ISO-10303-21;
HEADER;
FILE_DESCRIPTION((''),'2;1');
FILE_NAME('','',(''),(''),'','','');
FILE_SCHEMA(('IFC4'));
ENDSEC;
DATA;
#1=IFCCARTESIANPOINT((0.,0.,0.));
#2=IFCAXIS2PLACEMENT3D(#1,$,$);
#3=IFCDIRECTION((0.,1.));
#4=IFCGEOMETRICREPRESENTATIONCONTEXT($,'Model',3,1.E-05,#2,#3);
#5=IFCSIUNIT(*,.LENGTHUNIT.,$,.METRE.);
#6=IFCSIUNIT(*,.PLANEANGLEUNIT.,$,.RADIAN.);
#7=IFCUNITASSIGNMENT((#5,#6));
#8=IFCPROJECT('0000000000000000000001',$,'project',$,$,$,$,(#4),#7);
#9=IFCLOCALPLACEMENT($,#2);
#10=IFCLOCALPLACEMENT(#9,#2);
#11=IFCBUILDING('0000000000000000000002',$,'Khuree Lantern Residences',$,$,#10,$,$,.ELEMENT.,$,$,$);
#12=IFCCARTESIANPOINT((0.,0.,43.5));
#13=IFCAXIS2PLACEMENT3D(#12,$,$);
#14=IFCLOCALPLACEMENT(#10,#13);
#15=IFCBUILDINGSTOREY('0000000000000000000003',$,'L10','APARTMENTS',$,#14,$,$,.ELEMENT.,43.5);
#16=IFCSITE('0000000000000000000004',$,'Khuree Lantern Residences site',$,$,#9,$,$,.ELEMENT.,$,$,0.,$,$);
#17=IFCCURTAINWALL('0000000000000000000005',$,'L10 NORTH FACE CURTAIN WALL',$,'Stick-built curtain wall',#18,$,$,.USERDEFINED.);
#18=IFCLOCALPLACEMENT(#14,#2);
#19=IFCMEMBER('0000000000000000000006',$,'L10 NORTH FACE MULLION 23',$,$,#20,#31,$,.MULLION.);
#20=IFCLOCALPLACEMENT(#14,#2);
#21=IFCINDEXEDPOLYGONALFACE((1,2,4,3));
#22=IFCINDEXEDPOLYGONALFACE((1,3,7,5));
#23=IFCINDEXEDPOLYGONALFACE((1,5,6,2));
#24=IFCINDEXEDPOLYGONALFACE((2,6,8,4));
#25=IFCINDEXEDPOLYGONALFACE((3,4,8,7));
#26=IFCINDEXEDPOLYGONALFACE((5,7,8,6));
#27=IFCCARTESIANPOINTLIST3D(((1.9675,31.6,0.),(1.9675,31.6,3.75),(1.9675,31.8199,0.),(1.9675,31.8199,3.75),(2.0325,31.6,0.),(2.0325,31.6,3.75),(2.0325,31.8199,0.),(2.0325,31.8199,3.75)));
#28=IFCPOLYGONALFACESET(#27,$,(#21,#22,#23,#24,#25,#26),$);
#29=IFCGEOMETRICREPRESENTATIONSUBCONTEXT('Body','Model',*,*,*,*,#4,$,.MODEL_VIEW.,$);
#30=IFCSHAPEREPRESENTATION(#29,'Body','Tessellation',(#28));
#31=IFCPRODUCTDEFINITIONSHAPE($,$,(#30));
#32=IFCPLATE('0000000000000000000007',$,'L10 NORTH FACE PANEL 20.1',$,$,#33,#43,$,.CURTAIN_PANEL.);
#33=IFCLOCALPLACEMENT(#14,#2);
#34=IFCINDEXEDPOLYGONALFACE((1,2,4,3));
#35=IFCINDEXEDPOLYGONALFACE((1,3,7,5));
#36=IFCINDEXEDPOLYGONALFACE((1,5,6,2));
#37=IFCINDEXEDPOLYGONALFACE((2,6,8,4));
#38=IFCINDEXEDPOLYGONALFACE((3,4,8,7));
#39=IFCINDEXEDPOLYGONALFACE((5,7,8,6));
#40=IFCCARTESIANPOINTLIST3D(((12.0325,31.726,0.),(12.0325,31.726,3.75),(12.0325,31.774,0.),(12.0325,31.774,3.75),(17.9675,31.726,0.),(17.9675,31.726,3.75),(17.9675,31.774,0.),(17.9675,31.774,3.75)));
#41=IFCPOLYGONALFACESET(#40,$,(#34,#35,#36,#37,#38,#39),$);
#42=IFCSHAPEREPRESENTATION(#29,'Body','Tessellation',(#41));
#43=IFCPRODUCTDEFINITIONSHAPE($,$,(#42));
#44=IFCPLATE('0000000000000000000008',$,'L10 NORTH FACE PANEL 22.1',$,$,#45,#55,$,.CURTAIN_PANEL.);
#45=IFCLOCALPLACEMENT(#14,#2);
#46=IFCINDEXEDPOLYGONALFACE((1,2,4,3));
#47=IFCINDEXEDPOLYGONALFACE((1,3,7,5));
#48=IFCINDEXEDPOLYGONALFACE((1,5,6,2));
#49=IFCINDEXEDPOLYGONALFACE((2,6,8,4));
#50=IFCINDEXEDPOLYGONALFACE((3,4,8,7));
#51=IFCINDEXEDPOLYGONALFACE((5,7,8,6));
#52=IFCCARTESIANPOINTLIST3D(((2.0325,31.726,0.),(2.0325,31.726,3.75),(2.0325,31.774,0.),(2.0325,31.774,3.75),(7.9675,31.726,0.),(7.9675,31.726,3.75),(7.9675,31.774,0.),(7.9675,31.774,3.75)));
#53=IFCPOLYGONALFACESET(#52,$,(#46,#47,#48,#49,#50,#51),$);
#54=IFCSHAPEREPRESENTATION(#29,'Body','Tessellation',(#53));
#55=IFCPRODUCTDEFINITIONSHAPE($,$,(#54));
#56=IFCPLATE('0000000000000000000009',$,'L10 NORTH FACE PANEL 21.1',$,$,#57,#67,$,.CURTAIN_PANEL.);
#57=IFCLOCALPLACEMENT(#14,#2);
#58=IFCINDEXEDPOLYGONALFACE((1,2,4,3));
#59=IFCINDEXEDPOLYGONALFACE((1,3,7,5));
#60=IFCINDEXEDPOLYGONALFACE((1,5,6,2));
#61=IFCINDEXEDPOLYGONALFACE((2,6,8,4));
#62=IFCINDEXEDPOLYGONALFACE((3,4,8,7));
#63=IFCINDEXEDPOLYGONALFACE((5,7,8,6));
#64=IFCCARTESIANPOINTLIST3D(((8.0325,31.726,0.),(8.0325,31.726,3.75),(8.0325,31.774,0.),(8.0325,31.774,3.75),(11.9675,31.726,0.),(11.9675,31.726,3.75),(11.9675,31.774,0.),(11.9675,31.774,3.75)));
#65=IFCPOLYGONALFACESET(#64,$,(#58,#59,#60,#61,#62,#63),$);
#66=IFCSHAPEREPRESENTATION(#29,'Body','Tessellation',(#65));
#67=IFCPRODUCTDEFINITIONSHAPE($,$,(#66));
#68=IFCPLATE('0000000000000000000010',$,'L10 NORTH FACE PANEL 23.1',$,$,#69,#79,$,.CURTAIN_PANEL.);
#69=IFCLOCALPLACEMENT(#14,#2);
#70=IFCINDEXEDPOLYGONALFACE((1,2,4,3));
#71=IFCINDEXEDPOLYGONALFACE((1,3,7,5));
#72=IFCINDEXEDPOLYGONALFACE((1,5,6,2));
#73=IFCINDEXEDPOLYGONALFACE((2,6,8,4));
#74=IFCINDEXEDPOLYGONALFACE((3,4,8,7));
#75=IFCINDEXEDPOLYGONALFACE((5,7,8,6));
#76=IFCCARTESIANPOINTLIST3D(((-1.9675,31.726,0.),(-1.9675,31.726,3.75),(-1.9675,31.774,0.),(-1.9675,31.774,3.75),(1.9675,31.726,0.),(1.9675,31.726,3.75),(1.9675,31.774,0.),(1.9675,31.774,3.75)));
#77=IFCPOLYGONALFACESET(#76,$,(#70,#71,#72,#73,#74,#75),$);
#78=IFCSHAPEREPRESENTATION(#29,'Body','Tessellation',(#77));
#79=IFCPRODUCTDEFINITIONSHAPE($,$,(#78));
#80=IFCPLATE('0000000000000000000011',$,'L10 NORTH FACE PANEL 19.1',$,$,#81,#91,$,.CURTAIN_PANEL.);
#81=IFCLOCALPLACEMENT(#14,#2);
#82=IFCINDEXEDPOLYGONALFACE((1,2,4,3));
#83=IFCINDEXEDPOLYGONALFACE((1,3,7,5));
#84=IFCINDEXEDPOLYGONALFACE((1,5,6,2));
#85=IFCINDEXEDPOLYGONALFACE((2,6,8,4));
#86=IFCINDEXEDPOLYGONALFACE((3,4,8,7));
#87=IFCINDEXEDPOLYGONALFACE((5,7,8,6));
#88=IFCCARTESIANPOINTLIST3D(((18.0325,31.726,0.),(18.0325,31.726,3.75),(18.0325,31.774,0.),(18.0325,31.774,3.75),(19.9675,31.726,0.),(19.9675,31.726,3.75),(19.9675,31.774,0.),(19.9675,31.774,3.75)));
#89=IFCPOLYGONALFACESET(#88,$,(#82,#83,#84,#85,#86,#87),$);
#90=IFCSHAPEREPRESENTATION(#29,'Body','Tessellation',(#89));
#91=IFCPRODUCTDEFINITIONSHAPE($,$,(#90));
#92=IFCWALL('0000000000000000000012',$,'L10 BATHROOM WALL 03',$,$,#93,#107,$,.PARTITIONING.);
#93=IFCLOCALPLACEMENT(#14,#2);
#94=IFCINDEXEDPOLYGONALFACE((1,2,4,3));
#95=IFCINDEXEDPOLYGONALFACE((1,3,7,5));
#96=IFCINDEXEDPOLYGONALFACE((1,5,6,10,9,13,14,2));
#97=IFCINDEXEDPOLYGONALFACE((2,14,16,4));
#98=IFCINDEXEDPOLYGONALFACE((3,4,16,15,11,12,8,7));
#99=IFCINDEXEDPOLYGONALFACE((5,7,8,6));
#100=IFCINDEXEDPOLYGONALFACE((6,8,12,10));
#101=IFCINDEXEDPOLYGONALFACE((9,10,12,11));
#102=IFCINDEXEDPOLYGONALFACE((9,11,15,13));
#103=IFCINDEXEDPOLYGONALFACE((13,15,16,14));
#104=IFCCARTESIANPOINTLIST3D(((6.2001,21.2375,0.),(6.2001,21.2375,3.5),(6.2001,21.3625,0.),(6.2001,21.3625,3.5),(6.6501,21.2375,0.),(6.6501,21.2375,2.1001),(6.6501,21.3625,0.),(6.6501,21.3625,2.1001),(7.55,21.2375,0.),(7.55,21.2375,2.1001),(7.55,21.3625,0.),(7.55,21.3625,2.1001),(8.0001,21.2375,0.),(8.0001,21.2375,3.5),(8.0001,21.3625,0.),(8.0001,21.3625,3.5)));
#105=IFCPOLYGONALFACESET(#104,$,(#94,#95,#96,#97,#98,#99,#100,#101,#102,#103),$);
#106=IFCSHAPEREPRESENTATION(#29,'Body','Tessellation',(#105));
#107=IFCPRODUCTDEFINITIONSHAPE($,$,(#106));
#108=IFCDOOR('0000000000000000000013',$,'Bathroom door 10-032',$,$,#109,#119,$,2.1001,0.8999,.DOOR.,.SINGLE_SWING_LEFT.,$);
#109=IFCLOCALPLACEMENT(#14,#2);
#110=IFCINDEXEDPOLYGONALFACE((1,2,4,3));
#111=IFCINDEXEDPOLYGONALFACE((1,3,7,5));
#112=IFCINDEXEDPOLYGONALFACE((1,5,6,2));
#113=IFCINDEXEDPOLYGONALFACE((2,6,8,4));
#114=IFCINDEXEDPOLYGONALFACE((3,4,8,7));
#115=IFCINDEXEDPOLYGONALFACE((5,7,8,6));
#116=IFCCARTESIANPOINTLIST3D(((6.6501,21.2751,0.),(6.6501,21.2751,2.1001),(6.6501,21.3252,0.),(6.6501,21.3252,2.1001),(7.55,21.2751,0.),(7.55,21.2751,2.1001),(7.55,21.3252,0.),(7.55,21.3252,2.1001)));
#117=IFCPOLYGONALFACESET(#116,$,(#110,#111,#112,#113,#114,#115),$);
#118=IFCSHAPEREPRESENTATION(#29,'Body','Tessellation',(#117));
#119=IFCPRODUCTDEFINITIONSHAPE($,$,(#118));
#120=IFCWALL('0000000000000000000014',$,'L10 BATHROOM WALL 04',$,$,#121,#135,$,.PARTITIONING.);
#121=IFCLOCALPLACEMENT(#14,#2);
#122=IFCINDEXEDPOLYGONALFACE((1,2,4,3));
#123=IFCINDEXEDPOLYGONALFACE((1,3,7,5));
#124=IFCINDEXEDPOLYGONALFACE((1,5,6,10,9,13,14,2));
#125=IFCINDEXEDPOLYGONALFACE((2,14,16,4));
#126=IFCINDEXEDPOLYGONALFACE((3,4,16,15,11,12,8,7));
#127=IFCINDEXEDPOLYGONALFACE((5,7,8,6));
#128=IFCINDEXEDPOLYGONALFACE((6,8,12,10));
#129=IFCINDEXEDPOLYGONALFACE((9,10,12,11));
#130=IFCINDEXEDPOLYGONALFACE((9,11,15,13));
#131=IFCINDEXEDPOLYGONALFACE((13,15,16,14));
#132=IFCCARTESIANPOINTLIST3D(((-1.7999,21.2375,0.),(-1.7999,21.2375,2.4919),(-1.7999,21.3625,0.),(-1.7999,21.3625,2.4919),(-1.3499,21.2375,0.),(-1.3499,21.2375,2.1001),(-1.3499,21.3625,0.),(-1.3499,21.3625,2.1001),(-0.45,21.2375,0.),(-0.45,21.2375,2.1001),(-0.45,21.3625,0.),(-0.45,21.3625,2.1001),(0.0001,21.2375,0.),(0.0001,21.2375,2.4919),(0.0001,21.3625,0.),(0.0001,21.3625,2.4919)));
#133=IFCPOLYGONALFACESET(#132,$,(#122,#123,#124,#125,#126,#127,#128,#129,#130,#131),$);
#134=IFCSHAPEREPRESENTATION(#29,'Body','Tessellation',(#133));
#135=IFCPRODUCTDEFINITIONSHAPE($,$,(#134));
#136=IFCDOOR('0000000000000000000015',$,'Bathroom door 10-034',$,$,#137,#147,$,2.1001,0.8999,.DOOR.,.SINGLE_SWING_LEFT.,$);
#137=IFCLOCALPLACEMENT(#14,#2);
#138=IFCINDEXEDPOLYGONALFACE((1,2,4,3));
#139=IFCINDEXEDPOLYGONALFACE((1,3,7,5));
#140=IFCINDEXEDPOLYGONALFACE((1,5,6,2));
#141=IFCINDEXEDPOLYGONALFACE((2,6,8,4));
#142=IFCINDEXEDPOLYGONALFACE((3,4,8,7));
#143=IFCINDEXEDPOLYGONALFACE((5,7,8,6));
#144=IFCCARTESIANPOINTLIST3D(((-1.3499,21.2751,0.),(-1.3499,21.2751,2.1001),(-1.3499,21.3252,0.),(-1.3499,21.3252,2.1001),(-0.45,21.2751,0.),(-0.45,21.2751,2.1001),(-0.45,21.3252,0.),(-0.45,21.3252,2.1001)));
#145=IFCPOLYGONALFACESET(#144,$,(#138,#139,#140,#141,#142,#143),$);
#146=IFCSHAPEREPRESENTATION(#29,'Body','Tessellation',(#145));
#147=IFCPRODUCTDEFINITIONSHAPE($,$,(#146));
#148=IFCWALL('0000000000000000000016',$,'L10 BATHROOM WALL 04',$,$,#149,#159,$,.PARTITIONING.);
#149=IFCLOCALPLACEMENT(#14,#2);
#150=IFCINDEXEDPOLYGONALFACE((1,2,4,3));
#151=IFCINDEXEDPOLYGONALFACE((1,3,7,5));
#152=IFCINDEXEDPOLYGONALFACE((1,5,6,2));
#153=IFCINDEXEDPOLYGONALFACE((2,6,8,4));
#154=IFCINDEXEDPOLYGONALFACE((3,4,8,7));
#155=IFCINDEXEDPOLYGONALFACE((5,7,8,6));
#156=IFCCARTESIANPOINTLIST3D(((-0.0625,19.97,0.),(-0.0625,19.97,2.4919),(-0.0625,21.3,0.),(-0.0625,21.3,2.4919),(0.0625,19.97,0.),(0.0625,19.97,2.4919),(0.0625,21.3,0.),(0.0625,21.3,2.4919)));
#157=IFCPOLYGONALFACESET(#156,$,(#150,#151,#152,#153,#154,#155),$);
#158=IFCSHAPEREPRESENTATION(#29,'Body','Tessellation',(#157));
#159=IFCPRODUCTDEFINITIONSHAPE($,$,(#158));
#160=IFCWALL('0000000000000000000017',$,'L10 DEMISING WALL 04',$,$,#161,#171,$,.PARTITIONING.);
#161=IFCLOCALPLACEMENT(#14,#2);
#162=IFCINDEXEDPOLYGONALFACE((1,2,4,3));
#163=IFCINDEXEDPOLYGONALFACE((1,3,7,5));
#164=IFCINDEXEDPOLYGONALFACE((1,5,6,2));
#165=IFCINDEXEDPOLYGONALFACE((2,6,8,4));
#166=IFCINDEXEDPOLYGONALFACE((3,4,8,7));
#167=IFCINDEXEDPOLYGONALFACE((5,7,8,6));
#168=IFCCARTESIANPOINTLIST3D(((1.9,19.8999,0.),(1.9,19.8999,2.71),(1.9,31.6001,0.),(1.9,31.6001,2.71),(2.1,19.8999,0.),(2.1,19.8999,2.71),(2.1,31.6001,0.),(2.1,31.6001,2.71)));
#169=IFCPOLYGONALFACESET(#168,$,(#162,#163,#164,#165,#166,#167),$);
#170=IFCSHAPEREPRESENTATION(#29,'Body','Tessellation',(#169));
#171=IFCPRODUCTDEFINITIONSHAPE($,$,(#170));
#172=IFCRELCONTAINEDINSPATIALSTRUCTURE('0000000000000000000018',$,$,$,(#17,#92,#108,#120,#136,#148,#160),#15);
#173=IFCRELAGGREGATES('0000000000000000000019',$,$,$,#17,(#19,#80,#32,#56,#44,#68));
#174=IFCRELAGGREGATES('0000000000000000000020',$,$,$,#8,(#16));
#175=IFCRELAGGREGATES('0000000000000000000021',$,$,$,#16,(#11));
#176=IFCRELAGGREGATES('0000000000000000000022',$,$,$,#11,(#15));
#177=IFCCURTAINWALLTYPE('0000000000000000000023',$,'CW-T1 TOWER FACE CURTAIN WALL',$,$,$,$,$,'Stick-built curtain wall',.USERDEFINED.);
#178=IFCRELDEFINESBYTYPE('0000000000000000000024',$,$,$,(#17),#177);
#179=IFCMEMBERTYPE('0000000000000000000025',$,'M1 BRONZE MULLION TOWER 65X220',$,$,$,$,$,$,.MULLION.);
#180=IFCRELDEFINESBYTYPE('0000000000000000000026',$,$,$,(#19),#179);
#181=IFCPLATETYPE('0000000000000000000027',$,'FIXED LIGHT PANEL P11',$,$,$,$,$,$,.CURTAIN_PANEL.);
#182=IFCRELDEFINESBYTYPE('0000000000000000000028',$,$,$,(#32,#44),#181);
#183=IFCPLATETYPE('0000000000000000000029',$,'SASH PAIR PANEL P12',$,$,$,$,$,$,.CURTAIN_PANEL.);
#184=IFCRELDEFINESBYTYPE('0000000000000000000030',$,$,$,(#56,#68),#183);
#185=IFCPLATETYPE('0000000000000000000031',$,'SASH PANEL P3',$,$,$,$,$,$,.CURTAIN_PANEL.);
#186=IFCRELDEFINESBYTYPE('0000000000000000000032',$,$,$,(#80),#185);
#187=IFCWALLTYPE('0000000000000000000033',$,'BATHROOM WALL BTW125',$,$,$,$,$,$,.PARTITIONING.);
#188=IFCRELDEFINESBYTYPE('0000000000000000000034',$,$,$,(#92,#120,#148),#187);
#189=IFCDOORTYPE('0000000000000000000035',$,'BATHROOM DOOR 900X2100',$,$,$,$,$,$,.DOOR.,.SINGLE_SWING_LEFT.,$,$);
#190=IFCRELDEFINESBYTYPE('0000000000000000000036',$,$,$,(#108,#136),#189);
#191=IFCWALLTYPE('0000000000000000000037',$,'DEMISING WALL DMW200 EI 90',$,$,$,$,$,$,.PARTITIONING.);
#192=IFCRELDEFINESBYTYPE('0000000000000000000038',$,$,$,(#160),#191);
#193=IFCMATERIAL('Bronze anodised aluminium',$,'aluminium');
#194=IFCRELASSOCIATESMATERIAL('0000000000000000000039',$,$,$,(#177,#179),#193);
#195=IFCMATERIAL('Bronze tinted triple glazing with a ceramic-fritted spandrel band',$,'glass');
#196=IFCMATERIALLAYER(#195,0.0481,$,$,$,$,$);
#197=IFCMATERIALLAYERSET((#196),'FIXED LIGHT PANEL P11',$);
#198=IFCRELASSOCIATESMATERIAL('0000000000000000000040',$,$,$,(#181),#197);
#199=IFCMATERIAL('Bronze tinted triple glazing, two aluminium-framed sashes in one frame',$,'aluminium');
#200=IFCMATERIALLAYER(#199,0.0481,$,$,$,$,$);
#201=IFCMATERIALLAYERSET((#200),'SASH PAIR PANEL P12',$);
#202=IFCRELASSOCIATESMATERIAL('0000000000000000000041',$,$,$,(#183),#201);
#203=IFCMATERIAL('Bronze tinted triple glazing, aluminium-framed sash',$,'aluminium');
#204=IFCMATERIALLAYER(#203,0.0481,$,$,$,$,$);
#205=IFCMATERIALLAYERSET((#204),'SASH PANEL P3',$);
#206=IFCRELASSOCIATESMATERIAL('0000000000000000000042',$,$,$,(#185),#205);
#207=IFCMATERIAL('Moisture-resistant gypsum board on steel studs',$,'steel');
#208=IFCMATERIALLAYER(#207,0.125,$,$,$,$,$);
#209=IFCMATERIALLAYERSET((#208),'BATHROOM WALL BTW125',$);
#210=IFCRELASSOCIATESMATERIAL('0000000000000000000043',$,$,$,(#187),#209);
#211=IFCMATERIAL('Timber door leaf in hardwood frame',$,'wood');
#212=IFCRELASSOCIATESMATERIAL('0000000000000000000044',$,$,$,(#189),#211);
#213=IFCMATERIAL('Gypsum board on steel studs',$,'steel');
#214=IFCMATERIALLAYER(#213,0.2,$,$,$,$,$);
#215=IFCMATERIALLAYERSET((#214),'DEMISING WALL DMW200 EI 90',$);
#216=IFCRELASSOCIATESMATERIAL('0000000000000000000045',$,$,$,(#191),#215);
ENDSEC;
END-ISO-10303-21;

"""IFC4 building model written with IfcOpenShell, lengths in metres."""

from ifc_helpers import new_model, si_unit, direction, frame, frame_2d, origin, origin_2d, place, context, subcontext, project, spatial, rectangle, extrude, material, layer, layer_set, material_profile, profile_set, type_object, element, fill, aggregate, save


model = new_model("IFC4")

# Units and contexts
model_context = context("Model", 3, precision=1e-05, world=origin(), true_north=direction((0.0, 1.0)))
body_context = subcontext(model_context, "Body", "Model", "MODEL_VIEW")
ifc_project = project(units=[si_unit("LENGTHUNIT", "METRE"), si_unit("PLANEANGLEUNIT", "RADIAN")], contexts=[model_context])

# Site, building, storey
site_placement = place(None, origin())
site = spatial("IfcSite", under=ifc_project, at=site_placement, Name="Khuree Lantern Residences site", CompositionType="ELEMENT", RefElevation=0.0)
building_placement = place(site_placement, origin())
building = spatial("IfcBuilding", under=site, at=building_placement, Name="Khuree Lantern Residences", CompositionType="ELEMENT")
storey_placement = place(building_placement, frame((0.0, 0.0, 43.5)))
storey = spatial("IfcBuildingStorey", under=building, at=storey_placement, Name="L10", Description="APARTMENTS", CompositionType="ELEMENT", Elevation=43.5)

# Curtain wall
ifc_material_1 = material(Name="Bronze anodised aluminium", Category="aluminium")
curtain_wall_type = type_object("IfcCurtainWallType", Name="CW-T1 TOWER FACE CURTAIN WALL", ElementType="Stick-built curtain wall", PredefinedType="USERDEFINED", material=ifc_material_1)
curtain_wall_placement = place(storey_placement, origin())
curtain_wall = element("IfcCurtainWall", 1, at=curtain_wall_placement, inside=storey, type_object=curtain_wall_type, Name="L10 NORTH FACE CURTAIN WALL", ObjectType="Stick-built curtain wall", PredefinedType="USERDEFINED")

# Member
ifc_material_profile_1 = material_profile(ifc_material_1, rectangle(XDim=0.0649, YDim=0.22, at=origin_2d()), Name="M1 65X220")
ifc_profile_set_1 = profile_set([ifc_material_profile_1], Name="Bronze anodised aluminium")
member_type_1 = type_object("IfcMemberType", Name="M1 BRONZE MULLION TOWER 65X220", PredefinedType="MULLION", material=ifc_profile_set_1)
member_1_placement = place(storey_placement, frame((2.0, 31.71, 0.0), z_axis=(0.0, 0.0, 1.0), x_axis=(-1.0, 0.0, 0.0)))
member_1 = element("IfcMember", 2, at=member_1_placement, type_object=member_type_1, Name="L10 NORTH FACE MULLION 23", PredefinedType="MULLION", context=body_context, shape_type="SweptSolid", body=[
    extrude(rectangle(XDim=0.0649, YDim=0.22, at=origin_2d()), origin(), (0.0, 0.0, 1.0), 3.75),
])

# Plates
ifc_material_2 = material(Name="Bronze tinted triple glazing with a ceramic-fritted spandrel band", Category="glass")
ifc_layer_1 = layer(ifc_material_2, 0.0481)
ifc_layer_set_1 = layer_set([ifc_layer_1], Name="FIXED LIGHT PANEL P11")
plate_type_1 = type_object("IfcPlateType", Name="FIXED LIGHT PANEL P11", PredefinedType="CURTAIN_PANEL", material=ifc_layer_set_1)
plate_1_placement = place(storey_placement, frame((15.0, 31.75, 0.0), z_axis=(0.0, 0.0, 1.0), x_axis=(-1.0, 0.0, 0.0)))
plate_1 = element("IfcPlate", 3, at=plate_1_placement, type_object=plate_type_1, Name="L10 NORTH FACE PANEL 20.1", PredefinedType="CURTAIN_PANEL", context=body_context, shape_type="SweptSolid", body=[
    extrude(rectangle(XDim=5.9351, YDim=0.0481, at=origin_2d()), origin(), (0.0, 0.0, 1.0), 3.75),
])
plate_2_placement = place(storey_placement, frame((5.0, 31.75, 0.0), z_axis=(0.0, 0.0, 1.0), x_axis=(-1.0, 0.0, 0.0)))
plate_2 = element("IfcPlate", 4, at=plate_2_placement, type_object=plate_type_1, Name="L10 NORTH FACE PANEL 22.1", PredefinedType="CURTAIN_PANEL", context=body_context, shape_type="SweptSolid", body=[
    extrude(rectangle(XDim=5.9351, YDim=0.0481, at=origin_2d()), origin(), (0.0, 0.0, 1.0), 3.75),
])
ifc_material_3 = material(Name="Bronze tinted triple glazing, two aluminium-framed sashes in one frame", Category="aluminium")
ifc_layer_2 = layer(ifc_material_3, 0.0481)
ifc_layer_set_2 = layer_set([ifc_layer_2], Name="SASH PAIR PANEL P12")
plate_type_2 = type_object("IfcPlateType", Name="SASH PAIR PANEL P12", PredefinedType="CURTAIN_PANEL", material=ifc_layer_set_2)
plate_3_placement = place(storey_placement, frame((10.0, 31.75, 0.0), z_axis=(0.0, 0.0, 1.0), x_axis=(-1.0, 0.0, 0.0)))
plate_3 = element("IfcPlate", 5, at=plate_3_placement, type_object=plate_type_2, Name="L10 NORTH FACE PANEL 21.1", PredefinedType="CURTAIN_PANEL", context=body_context, shape_type="SweptSolid", body=[
    extrude(rectangle(XDim=3.9351, YDim=0.0481, at=origin_2d()), origin(), (0.0, 0.0, 1.0), 3.75),
])
plate_4_placement = place(storey_placement, frame((0.0, 31.75, 0.0), z_axis=(0.0, 0.0, 1.0), x_axis=(-1.0, 0.0, 0.0)))
plate_4 = element("IfcPlate", 6, at=plate_4_placement, type_object=plate_type_2, Name="L10 NORTH FACE PANEL 23.1", PredefinedType="CURTAIN_PANEL", context=body_context, shape_type="SweptSolid", body=[
    extrude(rectangle(XDim=3.9351, YDim=0.0481, at=origin_2d()), origin(), (0.0, 0.0, 1.0), 3.75),
])
ifc_material_4 = material(Name="Bronze tinted triple glazing, aluminium-framed sash", Category="aluminium")
ifc_layer_3 = layer(ifc_material_4, 0.0481)
ifc_layer_set_3 = layer_set([ifc_layer_3], Name="SASH PANEL P3")
plate_type_3 = type_object("IfcPlateType", Name="SASH PANEL P3", PredefinedType="CURTAIN_PANEL", material=ifc_layer_set_3)
plate_5_placement = place(storey_placement, frame((19.0, 31.75, 0.0), z_axis=(0.0, 0.0, 1.0), x_axis=(-1.0, 0.0, 0.0)))
plate_5 = element("IfcPlate", 7, at=plate_5_placement, type_object=plate_type_3, Name="L10 NORTH FACE PANEL 19.1", PredefinedType="CURTAIN_PANEL", context=body_context, shape_type="SweptSolid", body=[
    extrude(rectangle(XDim=1.9351, YDim=0.0481, at=origin_2d()), origin(), (0.0, 0.0, 1.0), 3.75),
])
aggregate(curtain_wall, [member_1, plate_5, plate_1, plate_3, plate_2, plate_4])

# Walls, openings, doors
ifc_material_5 = material(Name="Moisture-resistant gypsum board on steel studs", Category="steel")
ifc_layer_4 = layer(ifc_material_5, 0.125)
ifc_layer_set_4 = layer_set([ifc_layer_4], Name="BATHROOM WALL BTW125")
wall_type_1 = type_object("IfcWallType", Name="BATHROOM WALL BTW125", PredefinedType="PARTITIONING", material=ifc_layer_set_4)
wall_1_placement = place(storey_placement, frame((8.0, 21.3, 0.0), z_axis=(0.0, 0.0, 1.0), x_axis=(-1.0, 0.0, 0.0)))
wall_1 = element("IfcWall", 8, at=wall_1_placement, inside=storey, type_object=wall_type_1, Name="L10 BATHROOM WALL 03", PredefinedType="PARTITIONING", context=body_context, shape_type="SweptSolid", body=[
    extrude(rectangle(XDim=1.8, YDim=0.125, at=frame_2d((0.8999, 0.0))), origin(), (0.0, 0.0, 1.0), 3.5),
])
opening_1_placement = place(wall_1_placement, frame((0.45, 0.0, 0.0)))
opening_1 = element("IfcOpeningElement", 9, at=opening_1_placement, cuts=wall_1, PredefinedType="OPENING", context=body_context, shape_type="SweptSolid", body=[
    extrude(rectangle(XDim=0.8999, YDim=2.1001, at=frame_2d((0.45, 1.05))), frame((0.0, 0.0725, 0.0), z_axis=(0.0, -1.0, 0.0), x_axis=(1.0, 0.0, 0.0)), (0.0, 0.0, 1.0), 0.145),
])
ifc_material_6 = material(Name="Timber door leaf in hardwood frame", Category="wood")
door_type_1 = type_object("IfcDoorType", Name="BATHROOM DOOR 900X2100", OperationType="SINGLE_SWING_LEFT", PredefinedType="DOOR", material=ifc_material_6)
door_1_placement = place(opening_1_placement, origin())
door_1 = element("IfcDoor", 10, at=door_1_placement, inside=storey, type_object=door_type_1, Name="Bathroom door 10-032", OperationType="SINGLE_SWING_LEFT", OverallHeight=2.1001, OverallWidth=0.8999, PredefinedType="DOOR", context=body_context, shape_type="SweptSolid", body=[
    extrude(rectangle(XDim=0.8999, YDim=2.1001, at=frame_2d((0.45, 1.05))), frame((0.0, 0.0249, 0.0), z_axis=(0.0, -1.0, 0.0), x_axis=(1.0, 0.0, 0.0)), (0.0, 0.0, 1.0), 0.05),
])
fill(opening_1, door_1)
wall_2_placement = place(storey_placement, frame((0.0, 21.3, 0.0), z_axis=(0.0, 0.0, 1.0), x_axis=(-1.0, 0.0, 0.0)))
wall_2 = element("IfcWall", 11, at=wall_2_placement, inside=storey, type_object=wall_type_1, Name="L10 BATHROOM WALL 04", PredefinedType="PARTITIONING", context=body_context, shape_type="SweptSolid", body=[
    extrude(rectangle(XDim=1.8, YDim=0.125, at=frame_2d((0.8999, 0.0))), origin(), (0.0, 0.0, 1.0), 2.4919),
])
opening_2_placement = place(wall_2_placement, frame((0.45, 0.0, 0.0)))
opening_2 = element("IfcOpeningElement", 12, at=opening_2_placement, cuts=wall_2, PredefinedType="OPENING", context=body_context, shape_type="SweptSolid", body=[
    extrude(rectangle(XDim=0.8999, YDim=2.1001, at=frame_2d((0.45, 1.05))), frame((0.0, 0.0725, 0.0), z_axis=(0.0, -1.0, 0.0), x_axis=(1.0, 0.0, 0.0)), (0.0, 0.0, 1.0), 0.145),
])
door_2_placement = place(opening_2_placement, origin())
door_2 = element("IfcDoor", 13, at=door_2_placement, inside=storey, type_object=door_type_1, Name="Bathroom door 10-034", OperationType="SINGLE_SWING_LEFT", OverallHeight=2.1001, OverallWidth=0.8999, PredefinedType="DOOR", context=body_context, shape_type="SweptSolid", body=[
    extrude(rectangle(XDim=0.8999, YDim=2.1001, at=frame_2d((0.45, 1.05))), frame((0.0, 0.0249, 0.0), z_axis=(0.0, -1.0, 0.0), x_axis=(1.0, 0.0, 0.0)), (0.0, 0.0, 1.0), 0.05),
])
fill(opening_2, door_2)

# Walls
wall_3_placement = place(storey_placement, frame((0.0, 19.97, 0.0), z_axis=(0.0, 0.0, 1.0), x_axis=(0.0, 1.0, 0.0)))
element("IfcWall", 14, at=wall_3_placement, inside=storey, type_object=wall_type_1, Name="L10 BATHROOM WALL 04", PredefinedType="PARTITIONING", context=body_context, shape_type="SweptSolid", body=[
    extrude(rectangle(XDim=1.3301, YDim=0.125, at=frame_2d((0.665, 0.0))), origin(), (0.0, 0.0, 1.0), 2.4919),
])
ifc_material_7 = material(Name="Gypsum board on steel studs", Category="steel")
ifc_layer_5 = layer(ifc_material_7, 0.2)
ifc_layer_set_5 = layer_set([ifc_layer_5], Name="DEMISING WALL DMW200 EI 90")
wall_type_2 = type_object("IfcWallType", Name="DEMISING WALL DMW200 EI 90", PredefinedType="PARTITIONING", material=ifc_layer_set_5)
wall_4_placement = place(storey_placement, frame((2.0, 19.8999, 0.0), z_axis=(0.0, 0.0, 1.0), x_axis=(0.0, 1.0, 0.0)))
element("IfcWall", 15, at=wall_4_placement, inside=storey, type_object=wall_type_2, Name="L10 DEMISING WALL 04", PredefinedType="PARTITIONING", context=body_context, shape_type="SweptSolid", body=[
    extrude(rectangle(XDim=11.7002, YDim=0.2, at=frame_2d((5.8501, 0.0))), origin(), (0.0, 0.0, 1.0), 2.71),
])

save(model, "model.ifc")
